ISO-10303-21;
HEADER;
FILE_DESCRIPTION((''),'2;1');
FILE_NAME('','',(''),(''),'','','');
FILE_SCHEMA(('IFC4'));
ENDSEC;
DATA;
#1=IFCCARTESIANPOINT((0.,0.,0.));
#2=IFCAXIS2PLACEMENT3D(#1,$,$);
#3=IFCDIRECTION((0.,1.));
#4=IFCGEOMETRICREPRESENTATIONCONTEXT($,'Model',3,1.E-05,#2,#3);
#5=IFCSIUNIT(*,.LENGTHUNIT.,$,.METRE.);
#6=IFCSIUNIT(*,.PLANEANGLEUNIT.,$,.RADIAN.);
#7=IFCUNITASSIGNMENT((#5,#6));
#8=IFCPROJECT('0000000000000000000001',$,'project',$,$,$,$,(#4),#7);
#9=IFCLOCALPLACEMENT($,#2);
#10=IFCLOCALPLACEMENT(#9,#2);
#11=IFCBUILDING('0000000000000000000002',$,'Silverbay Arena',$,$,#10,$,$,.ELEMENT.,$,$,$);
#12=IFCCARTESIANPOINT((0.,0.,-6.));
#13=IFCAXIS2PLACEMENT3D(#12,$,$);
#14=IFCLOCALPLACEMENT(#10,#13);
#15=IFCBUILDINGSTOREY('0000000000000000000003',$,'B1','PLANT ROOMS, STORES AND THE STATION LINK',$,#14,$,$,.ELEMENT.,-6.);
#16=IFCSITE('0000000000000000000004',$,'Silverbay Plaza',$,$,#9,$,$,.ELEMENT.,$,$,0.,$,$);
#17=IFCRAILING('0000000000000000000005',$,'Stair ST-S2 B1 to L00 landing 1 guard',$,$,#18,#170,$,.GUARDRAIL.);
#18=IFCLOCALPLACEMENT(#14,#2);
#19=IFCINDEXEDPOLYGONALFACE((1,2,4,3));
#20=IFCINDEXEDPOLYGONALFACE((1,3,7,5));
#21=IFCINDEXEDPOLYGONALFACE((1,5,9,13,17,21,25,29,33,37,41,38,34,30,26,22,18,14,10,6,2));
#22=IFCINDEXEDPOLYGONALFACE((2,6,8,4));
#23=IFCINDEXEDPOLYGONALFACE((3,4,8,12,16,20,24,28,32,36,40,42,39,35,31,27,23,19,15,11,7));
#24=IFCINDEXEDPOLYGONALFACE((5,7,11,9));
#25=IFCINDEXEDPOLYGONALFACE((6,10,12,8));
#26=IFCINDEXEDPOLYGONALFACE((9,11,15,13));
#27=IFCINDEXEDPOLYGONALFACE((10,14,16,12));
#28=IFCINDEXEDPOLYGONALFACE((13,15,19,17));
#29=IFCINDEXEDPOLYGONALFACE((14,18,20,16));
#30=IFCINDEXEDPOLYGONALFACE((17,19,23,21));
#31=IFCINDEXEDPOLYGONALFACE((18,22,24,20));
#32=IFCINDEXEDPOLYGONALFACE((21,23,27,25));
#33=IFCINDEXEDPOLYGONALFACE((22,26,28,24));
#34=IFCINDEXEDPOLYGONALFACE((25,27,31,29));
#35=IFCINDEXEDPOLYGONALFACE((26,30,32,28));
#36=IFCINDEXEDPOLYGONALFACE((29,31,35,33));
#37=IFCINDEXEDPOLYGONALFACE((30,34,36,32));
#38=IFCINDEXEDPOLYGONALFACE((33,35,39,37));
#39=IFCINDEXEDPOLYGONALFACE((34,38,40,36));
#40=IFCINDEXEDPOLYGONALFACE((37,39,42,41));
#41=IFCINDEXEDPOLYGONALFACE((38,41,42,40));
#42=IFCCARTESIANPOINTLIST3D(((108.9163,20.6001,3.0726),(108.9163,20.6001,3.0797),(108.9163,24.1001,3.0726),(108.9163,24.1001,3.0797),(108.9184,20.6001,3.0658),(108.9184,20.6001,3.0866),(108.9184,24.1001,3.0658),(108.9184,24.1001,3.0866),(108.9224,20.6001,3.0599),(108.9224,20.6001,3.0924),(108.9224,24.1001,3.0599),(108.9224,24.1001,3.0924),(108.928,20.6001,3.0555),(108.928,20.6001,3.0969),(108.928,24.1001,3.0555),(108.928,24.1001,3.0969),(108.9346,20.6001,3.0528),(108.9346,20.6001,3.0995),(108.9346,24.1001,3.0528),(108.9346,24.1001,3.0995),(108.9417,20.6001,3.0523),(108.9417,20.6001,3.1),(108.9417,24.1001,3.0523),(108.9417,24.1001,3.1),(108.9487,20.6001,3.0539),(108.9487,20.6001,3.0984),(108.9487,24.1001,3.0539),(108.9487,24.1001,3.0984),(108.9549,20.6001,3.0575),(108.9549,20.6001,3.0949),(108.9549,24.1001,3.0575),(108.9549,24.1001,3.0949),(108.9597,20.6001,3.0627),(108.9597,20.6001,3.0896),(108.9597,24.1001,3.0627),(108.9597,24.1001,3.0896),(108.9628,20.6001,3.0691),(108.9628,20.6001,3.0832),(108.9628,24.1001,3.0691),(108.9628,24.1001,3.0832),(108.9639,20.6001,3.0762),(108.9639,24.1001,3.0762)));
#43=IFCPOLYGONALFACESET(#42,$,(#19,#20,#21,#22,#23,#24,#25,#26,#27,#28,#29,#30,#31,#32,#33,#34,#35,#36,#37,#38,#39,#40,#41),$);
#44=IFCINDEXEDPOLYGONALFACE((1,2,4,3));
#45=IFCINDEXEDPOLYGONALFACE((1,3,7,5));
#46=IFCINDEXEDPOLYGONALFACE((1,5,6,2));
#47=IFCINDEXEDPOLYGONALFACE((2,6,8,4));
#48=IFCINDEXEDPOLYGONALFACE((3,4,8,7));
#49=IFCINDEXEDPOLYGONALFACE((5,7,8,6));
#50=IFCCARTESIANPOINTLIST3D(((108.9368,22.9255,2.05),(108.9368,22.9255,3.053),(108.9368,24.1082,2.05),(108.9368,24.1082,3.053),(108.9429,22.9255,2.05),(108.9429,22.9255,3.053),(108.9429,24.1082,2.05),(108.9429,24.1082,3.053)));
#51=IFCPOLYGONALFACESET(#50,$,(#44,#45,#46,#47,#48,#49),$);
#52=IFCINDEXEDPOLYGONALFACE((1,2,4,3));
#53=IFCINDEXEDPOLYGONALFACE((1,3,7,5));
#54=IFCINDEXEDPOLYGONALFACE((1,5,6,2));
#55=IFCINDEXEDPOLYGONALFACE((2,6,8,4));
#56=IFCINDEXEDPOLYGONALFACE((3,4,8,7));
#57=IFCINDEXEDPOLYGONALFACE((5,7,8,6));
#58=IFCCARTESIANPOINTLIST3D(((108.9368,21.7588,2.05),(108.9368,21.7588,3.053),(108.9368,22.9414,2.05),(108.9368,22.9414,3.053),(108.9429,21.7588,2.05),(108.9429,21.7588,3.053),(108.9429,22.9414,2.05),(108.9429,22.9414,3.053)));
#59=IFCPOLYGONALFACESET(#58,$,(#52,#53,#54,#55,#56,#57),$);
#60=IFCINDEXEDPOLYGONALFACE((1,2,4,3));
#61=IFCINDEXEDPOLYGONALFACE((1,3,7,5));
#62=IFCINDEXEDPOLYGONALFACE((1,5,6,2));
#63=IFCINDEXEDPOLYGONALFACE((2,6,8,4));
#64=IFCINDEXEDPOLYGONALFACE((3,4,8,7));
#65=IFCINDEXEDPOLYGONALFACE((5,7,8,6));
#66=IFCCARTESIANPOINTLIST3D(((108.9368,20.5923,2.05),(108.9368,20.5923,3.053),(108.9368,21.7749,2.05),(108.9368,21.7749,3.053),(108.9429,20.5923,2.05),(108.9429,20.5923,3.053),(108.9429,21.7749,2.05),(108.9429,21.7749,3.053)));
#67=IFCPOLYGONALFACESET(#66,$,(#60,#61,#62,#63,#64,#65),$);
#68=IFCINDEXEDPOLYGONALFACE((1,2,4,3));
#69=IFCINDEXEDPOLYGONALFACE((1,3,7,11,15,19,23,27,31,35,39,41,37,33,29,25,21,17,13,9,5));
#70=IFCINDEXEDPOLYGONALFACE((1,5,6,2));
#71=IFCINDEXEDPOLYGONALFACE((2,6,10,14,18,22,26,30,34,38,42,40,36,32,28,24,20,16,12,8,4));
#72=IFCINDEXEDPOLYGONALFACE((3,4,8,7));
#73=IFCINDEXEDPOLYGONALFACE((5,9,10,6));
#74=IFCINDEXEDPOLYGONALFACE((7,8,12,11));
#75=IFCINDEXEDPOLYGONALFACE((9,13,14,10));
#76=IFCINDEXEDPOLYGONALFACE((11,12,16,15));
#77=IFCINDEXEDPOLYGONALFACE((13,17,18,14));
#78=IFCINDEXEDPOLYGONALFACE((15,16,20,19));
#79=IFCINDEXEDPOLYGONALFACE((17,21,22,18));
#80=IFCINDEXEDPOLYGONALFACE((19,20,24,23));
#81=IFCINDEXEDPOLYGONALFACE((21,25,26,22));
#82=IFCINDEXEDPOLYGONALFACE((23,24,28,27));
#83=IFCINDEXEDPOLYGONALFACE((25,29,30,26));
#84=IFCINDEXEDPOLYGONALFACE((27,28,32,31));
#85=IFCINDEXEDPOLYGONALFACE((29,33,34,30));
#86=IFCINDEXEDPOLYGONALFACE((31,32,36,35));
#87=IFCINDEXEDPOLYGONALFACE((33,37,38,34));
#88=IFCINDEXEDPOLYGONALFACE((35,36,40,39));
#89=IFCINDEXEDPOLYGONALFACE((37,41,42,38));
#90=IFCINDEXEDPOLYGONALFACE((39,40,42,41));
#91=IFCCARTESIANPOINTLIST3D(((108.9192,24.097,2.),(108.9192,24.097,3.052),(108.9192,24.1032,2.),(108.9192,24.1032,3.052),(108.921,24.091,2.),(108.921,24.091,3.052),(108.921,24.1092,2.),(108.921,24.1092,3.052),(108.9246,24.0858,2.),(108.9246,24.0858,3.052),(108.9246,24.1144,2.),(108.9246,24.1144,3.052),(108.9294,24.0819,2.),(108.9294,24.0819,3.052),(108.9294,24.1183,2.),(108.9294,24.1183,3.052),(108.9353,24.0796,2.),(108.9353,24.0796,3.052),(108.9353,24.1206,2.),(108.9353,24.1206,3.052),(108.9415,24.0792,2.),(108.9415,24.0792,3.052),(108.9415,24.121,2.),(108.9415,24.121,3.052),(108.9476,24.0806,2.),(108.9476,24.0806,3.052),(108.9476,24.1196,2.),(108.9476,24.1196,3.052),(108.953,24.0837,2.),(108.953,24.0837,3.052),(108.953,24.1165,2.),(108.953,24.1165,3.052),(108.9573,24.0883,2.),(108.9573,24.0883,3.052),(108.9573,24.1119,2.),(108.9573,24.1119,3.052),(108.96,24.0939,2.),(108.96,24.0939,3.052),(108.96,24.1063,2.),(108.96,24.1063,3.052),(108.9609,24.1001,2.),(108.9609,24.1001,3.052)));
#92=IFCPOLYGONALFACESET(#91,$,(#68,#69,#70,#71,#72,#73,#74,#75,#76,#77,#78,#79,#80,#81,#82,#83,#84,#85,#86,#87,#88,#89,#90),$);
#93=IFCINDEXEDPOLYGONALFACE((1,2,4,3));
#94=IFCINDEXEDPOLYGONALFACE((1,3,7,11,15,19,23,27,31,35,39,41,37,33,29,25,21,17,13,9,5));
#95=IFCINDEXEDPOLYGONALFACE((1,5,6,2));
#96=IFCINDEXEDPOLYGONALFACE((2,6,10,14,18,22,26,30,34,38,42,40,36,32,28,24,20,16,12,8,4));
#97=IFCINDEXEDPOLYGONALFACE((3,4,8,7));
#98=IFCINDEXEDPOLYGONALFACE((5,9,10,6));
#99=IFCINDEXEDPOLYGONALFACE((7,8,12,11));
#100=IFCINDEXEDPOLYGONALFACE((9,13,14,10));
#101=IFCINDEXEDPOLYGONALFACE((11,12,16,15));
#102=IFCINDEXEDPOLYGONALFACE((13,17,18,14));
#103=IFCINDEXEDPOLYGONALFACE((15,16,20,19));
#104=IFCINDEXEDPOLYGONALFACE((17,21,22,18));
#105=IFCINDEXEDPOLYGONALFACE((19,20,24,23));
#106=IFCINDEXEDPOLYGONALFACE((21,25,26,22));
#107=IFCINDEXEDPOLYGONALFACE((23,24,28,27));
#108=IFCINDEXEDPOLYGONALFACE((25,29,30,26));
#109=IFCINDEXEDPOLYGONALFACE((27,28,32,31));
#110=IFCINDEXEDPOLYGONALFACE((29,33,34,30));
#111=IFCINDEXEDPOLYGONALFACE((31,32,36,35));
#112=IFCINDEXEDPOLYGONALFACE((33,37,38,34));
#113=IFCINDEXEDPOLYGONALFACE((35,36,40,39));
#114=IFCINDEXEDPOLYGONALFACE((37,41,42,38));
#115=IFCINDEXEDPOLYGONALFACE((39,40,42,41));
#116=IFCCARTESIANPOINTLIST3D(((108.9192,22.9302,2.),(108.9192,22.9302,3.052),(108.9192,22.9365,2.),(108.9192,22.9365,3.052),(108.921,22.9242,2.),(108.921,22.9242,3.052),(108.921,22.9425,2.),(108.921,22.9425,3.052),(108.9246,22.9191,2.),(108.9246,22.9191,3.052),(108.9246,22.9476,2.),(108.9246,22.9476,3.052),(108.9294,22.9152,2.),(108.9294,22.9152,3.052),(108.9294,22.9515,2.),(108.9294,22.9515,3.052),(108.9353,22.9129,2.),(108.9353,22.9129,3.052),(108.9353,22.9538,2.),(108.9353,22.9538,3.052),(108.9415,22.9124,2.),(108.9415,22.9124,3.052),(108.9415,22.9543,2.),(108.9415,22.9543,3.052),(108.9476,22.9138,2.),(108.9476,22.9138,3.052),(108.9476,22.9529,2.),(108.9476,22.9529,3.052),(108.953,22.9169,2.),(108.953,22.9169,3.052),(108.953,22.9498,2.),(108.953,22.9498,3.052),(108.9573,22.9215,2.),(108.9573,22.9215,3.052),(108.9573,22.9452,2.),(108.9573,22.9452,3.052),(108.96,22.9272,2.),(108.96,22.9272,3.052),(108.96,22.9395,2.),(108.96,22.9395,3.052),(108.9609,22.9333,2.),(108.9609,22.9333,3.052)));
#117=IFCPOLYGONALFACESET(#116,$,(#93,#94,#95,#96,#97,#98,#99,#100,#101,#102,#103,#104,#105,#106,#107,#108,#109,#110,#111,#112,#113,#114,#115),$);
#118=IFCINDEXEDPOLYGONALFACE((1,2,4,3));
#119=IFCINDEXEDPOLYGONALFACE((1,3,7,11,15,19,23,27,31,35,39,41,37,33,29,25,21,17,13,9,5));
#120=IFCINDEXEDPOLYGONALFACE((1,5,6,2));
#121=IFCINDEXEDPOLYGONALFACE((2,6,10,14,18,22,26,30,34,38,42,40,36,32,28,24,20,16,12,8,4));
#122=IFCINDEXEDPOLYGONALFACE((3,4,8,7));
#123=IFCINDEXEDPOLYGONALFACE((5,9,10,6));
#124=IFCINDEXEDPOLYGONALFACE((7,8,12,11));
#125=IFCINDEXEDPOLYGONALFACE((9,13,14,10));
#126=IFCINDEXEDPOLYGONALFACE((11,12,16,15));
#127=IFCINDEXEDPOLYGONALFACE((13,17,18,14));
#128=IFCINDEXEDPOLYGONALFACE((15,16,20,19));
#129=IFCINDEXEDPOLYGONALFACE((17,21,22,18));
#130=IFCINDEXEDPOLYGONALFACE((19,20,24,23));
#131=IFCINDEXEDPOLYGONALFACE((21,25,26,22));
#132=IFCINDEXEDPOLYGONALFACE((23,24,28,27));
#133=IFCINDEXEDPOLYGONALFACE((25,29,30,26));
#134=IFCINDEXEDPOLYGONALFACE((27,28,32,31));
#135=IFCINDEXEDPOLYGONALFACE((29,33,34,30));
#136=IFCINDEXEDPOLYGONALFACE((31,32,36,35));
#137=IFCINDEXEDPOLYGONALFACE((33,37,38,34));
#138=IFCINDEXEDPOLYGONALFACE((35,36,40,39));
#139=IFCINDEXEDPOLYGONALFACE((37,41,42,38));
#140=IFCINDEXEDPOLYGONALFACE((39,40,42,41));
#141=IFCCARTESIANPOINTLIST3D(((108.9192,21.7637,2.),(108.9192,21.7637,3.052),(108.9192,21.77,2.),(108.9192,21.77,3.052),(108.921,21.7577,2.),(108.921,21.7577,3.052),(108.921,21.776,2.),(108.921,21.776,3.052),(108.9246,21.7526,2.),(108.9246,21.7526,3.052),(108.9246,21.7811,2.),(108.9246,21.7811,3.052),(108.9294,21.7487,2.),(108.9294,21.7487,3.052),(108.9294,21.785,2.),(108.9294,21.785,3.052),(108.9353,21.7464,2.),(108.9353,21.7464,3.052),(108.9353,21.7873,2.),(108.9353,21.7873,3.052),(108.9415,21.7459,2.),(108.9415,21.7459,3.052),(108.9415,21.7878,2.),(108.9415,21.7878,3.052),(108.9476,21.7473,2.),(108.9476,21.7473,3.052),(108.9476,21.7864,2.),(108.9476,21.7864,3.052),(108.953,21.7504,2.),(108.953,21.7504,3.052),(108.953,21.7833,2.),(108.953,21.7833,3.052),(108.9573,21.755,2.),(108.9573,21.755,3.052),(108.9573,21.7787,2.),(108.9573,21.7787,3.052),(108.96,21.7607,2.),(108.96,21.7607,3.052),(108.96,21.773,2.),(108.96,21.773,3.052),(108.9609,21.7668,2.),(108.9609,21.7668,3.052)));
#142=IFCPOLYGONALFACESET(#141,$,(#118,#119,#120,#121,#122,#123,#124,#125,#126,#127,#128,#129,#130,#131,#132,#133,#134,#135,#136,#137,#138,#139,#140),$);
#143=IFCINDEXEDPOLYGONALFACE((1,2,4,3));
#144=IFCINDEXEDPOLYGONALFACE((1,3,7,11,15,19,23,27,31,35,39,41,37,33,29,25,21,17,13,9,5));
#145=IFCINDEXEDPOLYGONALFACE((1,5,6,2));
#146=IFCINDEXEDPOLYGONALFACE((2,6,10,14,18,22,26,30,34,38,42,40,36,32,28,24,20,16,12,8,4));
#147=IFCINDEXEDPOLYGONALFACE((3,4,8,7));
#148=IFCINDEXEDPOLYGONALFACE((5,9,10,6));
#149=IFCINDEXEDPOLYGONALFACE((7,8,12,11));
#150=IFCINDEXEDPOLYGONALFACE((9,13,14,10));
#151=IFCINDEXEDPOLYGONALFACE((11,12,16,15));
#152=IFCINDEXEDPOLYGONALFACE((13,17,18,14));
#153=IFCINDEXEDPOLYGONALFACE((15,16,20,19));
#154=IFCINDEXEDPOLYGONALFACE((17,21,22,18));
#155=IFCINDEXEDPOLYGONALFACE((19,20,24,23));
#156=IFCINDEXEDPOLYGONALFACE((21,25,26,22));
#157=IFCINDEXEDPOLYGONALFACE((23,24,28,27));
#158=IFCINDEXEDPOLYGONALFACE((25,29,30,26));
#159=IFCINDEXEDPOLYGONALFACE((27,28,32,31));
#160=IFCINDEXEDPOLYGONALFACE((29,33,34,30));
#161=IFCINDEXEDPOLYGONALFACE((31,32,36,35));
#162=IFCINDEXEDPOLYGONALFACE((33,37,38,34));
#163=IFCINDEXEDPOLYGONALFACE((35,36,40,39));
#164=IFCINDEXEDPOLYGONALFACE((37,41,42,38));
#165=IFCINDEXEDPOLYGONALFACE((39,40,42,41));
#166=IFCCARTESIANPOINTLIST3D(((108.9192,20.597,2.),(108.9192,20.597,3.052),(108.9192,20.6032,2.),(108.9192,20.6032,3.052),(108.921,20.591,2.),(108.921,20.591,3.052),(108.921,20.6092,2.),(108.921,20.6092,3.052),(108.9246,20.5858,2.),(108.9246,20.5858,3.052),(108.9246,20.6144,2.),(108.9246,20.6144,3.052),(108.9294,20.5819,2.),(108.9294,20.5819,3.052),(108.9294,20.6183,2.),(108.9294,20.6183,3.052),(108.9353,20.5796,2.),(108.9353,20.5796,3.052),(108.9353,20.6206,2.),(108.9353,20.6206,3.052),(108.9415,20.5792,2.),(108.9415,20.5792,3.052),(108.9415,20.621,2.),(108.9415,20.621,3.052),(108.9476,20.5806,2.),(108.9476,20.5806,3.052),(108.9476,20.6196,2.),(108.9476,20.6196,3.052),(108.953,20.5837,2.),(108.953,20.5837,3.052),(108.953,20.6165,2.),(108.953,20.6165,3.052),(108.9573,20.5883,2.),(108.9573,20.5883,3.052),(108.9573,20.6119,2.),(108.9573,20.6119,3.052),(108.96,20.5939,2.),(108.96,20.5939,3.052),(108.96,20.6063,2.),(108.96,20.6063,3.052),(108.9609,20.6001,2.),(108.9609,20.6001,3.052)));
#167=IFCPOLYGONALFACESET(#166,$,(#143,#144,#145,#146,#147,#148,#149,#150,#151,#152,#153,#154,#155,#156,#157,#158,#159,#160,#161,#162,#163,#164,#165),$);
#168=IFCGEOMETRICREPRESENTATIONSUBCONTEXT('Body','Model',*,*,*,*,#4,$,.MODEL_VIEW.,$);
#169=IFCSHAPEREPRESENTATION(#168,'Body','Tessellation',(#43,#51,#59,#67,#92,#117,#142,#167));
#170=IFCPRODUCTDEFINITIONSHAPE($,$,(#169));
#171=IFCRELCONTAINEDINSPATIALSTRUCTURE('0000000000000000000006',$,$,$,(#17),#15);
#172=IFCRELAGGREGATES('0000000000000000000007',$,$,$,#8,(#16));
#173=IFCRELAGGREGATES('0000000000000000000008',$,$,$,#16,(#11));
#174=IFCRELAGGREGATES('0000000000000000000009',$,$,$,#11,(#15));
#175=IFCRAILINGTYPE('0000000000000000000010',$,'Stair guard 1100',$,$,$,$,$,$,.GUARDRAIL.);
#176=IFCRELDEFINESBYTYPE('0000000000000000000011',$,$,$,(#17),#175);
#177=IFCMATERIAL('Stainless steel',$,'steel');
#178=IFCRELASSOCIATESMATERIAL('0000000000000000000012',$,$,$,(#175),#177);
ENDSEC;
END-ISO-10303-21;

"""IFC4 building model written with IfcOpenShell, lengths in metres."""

from ifc_helpers import new_model, si_unit, direction, frame, origin, origin_2d, place, context, subcontext, project, spatial, polyline, circle, outline, extrude, material, type_object, element, save


model = new_model("IFC4")

# Units and contexts
model_context = context("Model", 3, precision=1e-05, world=origin(), true_north=direction((0.0, 1.0)))
body_context = subcontext(model_context, "Body", "Model", "MODEL_VIEW")
ifc_project = project(units=[si_unit("LENGTHUNIT", "METRE"), si_unit("PLANEANGLEUNIT", "RADIAN")], contexts=[model_context])

# Site, building, storey
site_placement = place(None, origin())
site = spatial("IfcSite", under=ifc_project, at=site_placement, Name="Silverbay Plaza", CompositionType="ELEMENT", RefElevation=0.0)
building_placement = place(site_placement, origin())
building = spatial("IfcBuilding", under=site, at=building_placement, Name="Silverbay Arena", CompositionType="ELEMENT")
storey_placement = place(building_placement, frame((0.0, 0.0, -6.0)))
storey = spatial("IfcBuildingStorey", under=building, at=storey_placement, Name="B1", Description="PLANT ROOMS, STORES AND THE STATION LINK", CompositionType="ELEMENT", Elevation=-6.0)

# Railing
ifc_material_1 = material(Name="Stainless steel", Category="steel")
railing_type_1 = type_object("IfcRailingType", Name="Stair guard 1100", PredefinedType="GUARDRAIL", material=ifc_material_1)
for number, where, name in (
    (1, (108.9399, 24.1001, 2.0), "Stair ST-S2 B1 to L00 landing 1 guard"),
):
    element("IfcRailing", number, at=place(storey_placement, frame(where)), inside=storey, type_object=railing_type_1, Name=name, PredefinedType="GUARDRAIL", context=body_context, shape_type="SweptSolid", body=[
        extrude(circle(Radius=0.0239, at=origin_2d()), frame((0.0, 0.0, 1.0762), z_axis=(0.0, -1.0, 0.0), x_axis=(1.0, 0.0, 0.0)), (0.0, 0.0, 1.0), 3.5),
        extrude(outline(polyline([(-0.0081, 0.05), (1.1746, 0.05), (1.1746, 1.053), (-0.0081, 1.053), (-0.0081, 0.05)])), frame((0.0029, 0.0, 0.0), z_axis=(-1.0, 0.0, 0.0), x_axis=(0.0, -1.0, 0.0)), (0.0, 0.0, 1.0), 0.0061),
        extrude(outline(polyline([(-0.0081, 0.05), (1.1746, 0.05), (1.1746, 1.053), (-0.0081, 1.053), (-0.0081, 0.05)])), frame((0.0029, -1.1667, 0.0), z_axis=(-1.0, 0.0, 0.0), x_axis=(0.0, -1.0, 0.0)), (0.0, 0.0, 1.0), 0.0061),
        extrude(outline(polyline([(-0.0081, 0.05), (1.1746, 0.05), (1.1746, 1.053), (-0.0081, 1.053), (-0.0081, 0.05)])), frame((0.0029, -2.3333, 0.0), z_axis=(-1.0, 0.0, 0.0), x_axis=(0.0, -1.0, 0.0)), (0.0, 0.0, 1.0), 0.0061),
        extrude(circle(Radius=0.021, at=origin_2d()), origin(), (0.0, 0.0, 1.0), 1.052),
        extrude(circle(Radius=0.021, at=origin_2d()), frame((0.0, -1.1667, 0.0)), (0.0, 0.0, 1.0), 1.052),
        extrude(circle(Radius=0.021, at=origin_2d()), frame((0.0, -2.3333, 0.0)), (0.0, 0.0, 1.0), 1.052),
        extrude(circle(Radius=0.021, at=origin_2d()), frame((0.0, -3.5, 0.0)), (0.0, 0.0, 1.0), 1.052),
    ])

save(model, "model.ifc")
